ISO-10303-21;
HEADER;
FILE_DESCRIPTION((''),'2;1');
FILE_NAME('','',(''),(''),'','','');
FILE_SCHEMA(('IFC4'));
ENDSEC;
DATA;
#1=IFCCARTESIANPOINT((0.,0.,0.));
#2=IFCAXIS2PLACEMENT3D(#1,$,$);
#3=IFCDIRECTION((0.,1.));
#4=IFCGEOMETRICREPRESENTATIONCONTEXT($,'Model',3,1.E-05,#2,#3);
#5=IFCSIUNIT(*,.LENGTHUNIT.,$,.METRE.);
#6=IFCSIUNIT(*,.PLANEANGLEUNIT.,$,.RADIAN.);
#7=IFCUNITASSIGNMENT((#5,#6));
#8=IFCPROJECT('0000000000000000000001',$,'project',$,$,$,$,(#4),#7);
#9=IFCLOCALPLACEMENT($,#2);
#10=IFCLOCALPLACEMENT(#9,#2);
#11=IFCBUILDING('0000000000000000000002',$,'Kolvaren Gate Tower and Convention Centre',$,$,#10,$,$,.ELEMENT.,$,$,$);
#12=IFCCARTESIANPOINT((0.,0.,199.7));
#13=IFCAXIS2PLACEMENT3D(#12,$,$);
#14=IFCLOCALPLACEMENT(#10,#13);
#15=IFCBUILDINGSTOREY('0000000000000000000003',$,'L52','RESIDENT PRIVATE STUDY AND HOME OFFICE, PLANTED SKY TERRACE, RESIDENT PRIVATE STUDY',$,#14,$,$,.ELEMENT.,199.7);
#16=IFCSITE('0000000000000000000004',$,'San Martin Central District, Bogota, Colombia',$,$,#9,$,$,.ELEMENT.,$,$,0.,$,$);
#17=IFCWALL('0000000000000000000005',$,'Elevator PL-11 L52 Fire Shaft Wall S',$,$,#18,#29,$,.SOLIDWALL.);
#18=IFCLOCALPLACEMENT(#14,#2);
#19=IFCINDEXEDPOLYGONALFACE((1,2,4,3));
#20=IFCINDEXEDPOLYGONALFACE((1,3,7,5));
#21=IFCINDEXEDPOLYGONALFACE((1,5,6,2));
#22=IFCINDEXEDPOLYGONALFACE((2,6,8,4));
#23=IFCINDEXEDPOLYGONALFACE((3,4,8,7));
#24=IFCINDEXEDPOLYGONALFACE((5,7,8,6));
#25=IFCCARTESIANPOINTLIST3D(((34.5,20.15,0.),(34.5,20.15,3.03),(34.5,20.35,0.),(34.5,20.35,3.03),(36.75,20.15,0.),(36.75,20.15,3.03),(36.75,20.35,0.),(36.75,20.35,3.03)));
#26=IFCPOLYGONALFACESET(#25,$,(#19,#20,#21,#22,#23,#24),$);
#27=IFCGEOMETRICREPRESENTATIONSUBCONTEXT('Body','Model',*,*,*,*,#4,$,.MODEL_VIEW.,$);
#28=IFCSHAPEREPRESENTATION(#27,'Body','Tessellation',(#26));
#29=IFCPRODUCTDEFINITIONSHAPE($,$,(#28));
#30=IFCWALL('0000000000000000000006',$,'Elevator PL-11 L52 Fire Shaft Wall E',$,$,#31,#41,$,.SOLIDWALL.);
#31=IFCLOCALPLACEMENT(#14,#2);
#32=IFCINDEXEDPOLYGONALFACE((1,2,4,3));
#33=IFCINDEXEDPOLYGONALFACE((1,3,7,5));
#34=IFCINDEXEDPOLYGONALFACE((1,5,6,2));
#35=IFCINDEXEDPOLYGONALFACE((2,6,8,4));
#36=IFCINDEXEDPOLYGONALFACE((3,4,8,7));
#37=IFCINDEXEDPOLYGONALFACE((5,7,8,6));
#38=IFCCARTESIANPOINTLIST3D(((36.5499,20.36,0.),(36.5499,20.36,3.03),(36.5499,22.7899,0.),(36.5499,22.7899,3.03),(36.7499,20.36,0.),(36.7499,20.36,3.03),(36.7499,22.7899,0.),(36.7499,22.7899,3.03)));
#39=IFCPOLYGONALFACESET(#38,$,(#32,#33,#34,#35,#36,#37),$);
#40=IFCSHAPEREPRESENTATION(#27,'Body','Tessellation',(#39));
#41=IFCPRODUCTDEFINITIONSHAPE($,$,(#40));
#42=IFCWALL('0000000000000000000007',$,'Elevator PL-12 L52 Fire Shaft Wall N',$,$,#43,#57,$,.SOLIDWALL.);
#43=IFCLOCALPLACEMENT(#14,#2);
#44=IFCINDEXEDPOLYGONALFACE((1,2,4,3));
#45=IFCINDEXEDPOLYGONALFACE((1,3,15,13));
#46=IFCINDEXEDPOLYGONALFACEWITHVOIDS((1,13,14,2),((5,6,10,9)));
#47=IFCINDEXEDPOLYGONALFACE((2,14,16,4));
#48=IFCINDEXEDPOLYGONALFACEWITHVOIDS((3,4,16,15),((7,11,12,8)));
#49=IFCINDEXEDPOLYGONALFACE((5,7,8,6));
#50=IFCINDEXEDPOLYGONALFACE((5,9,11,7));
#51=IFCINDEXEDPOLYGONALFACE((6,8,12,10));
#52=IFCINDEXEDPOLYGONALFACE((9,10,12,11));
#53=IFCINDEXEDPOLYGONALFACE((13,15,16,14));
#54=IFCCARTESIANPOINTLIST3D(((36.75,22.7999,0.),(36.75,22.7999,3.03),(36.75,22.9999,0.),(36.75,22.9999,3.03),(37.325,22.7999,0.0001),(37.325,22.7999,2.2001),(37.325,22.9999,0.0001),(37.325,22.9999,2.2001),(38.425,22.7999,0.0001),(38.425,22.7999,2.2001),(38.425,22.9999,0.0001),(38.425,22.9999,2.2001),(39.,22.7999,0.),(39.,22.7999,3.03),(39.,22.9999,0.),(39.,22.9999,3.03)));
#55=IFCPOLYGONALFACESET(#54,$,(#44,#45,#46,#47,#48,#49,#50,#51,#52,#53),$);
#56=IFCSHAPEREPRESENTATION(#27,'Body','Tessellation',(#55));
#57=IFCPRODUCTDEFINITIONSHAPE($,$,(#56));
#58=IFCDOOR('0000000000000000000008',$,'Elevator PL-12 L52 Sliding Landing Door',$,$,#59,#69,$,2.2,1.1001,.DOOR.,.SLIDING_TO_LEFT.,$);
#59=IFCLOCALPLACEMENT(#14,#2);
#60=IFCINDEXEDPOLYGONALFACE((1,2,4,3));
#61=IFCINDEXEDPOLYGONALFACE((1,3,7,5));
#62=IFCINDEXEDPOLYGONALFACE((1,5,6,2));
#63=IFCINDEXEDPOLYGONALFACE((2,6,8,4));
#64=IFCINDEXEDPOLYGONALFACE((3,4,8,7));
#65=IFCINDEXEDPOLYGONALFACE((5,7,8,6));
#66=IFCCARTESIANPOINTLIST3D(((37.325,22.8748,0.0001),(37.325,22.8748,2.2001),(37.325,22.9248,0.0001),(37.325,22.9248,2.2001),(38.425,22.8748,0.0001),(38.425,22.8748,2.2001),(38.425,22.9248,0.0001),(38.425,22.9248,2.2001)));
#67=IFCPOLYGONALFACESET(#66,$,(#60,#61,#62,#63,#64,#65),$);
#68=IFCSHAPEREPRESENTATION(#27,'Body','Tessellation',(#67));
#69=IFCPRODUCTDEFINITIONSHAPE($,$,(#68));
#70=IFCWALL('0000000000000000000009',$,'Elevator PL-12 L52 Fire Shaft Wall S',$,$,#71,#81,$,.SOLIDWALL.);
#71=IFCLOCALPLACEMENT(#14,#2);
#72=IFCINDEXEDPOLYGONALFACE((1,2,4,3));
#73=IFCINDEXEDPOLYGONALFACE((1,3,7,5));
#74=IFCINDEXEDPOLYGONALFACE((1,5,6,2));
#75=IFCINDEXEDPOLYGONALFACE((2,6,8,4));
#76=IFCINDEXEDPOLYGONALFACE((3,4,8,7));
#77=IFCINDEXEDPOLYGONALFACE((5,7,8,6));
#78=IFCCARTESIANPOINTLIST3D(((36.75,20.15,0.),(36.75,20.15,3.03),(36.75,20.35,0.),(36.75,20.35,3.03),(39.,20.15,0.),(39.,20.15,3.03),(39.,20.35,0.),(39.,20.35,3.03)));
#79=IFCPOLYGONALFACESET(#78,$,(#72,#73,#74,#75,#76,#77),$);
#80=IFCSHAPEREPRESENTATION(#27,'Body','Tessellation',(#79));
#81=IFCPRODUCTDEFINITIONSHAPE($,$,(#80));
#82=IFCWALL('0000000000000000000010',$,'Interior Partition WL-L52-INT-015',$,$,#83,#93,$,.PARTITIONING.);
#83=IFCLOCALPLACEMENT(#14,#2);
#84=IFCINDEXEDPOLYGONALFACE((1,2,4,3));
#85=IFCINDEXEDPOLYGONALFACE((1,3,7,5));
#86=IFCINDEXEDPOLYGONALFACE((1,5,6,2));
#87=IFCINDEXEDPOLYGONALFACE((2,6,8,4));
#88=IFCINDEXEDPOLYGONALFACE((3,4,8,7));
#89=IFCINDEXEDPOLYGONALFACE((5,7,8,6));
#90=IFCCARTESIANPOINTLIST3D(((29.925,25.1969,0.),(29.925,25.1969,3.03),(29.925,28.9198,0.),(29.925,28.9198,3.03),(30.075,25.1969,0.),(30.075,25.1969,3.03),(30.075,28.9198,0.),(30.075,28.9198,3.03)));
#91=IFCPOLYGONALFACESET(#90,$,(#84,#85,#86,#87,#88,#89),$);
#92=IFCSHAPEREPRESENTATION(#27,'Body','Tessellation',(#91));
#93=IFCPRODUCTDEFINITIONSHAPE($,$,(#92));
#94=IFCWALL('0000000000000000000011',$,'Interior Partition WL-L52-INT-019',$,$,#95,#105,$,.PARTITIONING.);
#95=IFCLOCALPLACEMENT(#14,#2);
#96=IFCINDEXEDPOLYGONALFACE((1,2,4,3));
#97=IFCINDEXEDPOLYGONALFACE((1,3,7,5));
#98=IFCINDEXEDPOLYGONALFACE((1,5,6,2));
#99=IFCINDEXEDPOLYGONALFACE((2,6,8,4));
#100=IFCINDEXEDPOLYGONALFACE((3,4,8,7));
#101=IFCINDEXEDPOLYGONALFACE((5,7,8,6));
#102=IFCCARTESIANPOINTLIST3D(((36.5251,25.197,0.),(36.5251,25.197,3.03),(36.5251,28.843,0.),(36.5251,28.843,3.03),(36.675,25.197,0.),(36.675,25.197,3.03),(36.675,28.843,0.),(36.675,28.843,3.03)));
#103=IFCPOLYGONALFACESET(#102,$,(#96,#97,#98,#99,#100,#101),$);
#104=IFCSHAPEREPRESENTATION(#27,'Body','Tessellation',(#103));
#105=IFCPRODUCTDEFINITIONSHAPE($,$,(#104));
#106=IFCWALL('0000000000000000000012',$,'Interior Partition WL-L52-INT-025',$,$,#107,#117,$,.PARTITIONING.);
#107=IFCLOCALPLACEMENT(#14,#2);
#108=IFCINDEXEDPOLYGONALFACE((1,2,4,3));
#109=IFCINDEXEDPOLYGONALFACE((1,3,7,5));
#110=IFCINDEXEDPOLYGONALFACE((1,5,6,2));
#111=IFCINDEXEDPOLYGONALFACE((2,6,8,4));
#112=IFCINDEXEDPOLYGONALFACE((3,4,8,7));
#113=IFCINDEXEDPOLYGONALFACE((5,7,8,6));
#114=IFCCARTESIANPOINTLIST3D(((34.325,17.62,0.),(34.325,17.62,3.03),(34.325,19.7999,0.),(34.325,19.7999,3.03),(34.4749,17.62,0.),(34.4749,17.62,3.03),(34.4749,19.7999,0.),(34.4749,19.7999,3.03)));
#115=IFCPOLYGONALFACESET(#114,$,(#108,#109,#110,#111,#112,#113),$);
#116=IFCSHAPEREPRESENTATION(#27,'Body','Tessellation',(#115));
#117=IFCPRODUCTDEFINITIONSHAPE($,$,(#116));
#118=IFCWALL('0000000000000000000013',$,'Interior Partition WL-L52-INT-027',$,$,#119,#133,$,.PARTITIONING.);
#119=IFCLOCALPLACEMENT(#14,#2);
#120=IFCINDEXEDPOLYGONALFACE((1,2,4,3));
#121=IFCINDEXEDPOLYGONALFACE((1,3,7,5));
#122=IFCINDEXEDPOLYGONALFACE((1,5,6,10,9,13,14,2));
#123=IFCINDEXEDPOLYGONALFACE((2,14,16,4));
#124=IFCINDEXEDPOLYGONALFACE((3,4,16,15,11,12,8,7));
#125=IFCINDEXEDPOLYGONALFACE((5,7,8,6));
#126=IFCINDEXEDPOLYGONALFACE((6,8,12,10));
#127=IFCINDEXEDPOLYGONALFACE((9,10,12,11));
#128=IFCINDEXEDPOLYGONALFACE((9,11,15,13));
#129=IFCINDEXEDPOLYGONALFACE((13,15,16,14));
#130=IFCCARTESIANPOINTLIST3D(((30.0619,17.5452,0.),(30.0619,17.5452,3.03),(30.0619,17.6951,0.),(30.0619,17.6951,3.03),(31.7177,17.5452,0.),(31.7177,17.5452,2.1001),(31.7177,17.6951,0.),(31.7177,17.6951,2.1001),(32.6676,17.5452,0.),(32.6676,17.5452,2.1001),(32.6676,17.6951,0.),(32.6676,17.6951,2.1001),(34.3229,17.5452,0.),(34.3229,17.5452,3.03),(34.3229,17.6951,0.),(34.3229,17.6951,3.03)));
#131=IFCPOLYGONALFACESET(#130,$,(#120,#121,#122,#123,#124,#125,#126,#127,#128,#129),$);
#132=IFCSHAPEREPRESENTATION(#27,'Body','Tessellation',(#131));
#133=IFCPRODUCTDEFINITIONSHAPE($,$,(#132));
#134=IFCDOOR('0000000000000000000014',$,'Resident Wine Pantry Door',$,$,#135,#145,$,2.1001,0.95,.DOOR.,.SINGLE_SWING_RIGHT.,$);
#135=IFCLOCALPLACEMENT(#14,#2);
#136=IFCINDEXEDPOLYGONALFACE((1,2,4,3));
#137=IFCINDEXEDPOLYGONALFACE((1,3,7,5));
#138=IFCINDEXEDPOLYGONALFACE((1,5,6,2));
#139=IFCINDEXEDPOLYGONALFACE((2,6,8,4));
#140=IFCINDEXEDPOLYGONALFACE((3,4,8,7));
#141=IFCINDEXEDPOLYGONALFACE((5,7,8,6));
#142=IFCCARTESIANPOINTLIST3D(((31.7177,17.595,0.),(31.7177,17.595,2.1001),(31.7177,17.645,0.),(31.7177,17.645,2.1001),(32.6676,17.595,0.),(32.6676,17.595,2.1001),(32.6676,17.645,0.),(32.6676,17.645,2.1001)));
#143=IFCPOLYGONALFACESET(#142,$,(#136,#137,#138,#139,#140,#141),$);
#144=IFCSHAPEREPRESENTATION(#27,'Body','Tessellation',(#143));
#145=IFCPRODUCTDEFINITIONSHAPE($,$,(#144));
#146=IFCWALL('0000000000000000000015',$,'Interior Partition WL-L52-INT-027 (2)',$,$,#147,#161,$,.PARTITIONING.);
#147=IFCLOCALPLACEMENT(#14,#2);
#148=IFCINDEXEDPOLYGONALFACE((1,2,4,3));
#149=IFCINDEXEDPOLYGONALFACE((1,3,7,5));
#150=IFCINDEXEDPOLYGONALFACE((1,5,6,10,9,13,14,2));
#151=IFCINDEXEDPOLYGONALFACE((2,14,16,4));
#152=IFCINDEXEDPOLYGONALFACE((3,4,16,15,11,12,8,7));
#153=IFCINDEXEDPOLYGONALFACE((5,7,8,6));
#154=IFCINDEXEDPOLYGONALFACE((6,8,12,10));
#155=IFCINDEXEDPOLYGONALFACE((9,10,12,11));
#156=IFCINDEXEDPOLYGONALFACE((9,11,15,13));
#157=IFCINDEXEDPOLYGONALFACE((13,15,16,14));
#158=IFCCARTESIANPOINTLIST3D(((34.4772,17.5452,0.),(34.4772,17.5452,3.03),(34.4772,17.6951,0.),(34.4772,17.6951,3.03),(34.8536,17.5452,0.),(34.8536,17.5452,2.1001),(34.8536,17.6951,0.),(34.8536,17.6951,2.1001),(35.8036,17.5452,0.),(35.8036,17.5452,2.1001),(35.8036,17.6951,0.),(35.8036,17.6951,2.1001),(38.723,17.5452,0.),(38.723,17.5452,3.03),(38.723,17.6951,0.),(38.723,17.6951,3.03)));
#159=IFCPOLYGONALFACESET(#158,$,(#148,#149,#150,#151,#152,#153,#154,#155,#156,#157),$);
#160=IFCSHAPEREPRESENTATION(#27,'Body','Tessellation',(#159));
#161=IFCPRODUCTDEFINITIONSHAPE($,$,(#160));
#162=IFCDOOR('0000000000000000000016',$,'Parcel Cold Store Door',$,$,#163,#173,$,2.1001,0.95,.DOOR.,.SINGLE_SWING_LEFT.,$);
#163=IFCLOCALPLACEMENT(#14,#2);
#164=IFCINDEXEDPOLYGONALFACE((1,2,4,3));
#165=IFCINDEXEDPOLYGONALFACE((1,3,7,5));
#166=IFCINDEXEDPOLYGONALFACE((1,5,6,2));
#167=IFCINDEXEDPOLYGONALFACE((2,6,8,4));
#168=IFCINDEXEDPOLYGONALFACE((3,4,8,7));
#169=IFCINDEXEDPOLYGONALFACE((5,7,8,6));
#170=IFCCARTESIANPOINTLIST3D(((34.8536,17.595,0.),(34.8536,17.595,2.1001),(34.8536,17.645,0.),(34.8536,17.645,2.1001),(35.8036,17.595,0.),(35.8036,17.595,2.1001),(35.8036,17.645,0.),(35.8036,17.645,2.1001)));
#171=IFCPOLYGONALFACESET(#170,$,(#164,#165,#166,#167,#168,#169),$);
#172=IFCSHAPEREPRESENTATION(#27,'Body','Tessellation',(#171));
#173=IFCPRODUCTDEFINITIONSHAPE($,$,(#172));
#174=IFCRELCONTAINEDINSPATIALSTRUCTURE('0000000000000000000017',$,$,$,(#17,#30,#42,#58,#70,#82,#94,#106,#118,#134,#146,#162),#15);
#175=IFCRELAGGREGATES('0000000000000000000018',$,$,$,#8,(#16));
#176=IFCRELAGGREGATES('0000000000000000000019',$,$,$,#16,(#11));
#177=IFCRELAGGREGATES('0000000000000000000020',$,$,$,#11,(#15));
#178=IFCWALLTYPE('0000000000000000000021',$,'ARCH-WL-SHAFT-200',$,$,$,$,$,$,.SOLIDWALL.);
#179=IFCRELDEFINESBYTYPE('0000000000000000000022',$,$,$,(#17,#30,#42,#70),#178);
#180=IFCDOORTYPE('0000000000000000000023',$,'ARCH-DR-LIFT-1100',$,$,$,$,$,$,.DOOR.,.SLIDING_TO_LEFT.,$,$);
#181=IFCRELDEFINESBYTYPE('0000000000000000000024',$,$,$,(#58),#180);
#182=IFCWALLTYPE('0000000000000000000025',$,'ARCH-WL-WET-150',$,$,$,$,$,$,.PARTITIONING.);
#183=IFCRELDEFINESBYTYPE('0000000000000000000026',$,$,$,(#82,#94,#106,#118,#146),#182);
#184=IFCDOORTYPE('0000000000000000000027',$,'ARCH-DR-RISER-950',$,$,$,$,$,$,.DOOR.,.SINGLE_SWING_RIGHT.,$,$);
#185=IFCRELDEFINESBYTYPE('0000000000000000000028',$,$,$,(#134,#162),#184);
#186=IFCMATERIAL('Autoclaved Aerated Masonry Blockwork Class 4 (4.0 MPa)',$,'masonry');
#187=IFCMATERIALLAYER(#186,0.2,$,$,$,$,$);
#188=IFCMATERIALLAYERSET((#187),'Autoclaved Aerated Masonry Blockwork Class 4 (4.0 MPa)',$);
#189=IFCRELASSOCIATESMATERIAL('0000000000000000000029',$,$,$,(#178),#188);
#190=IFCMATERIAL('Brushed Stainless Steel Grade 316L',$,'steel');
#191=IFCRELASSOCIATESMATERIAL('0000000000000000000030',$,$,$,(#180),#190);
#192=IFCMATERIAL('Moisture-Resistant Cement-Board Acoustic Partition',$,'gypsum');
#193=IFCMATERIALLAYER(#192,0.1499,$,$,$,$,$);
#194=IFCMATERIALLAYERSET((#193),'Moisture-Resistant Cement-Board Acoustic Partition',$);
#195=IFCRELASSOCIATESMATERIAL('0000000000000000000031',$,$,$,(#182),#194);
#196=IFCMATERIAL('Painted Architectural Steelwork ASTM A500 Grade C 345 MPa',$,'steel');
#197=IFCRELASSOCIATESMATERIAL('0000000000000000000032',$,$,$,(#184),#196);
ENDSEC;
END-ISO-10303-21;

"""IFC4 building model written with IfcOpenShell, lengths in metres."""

from ifc_helpers import new_model, si_unit, direction, frame, frame_2d, origin, place, context, subcontext, project, spatial, rectangle, extrude, material, layer, layer_set, type_object, element, fill, save


model = new_model("IFC4")

# Units and contexts
model_context = context("Model", 3, precision=1e-05, world=origin(), true_north=direction((0.0, 1.0)))
body_context = subcontext(model_context, "Body", "Model", "MODEL_VIEW")
ifc_project = project(units=[si_unit("LENGTHUNIT", "METRE"), si_unit("PLANEANGLEUNIT", "RADIAN")], contexts=[model_context])

# Site, building, storey
site_placement = place(None, origin())
site = spatial("IfcSite", under=ifc_project, at=site_placement, Name="San Martin Central District, Bogota, Colombia", CompositionType="ELEMENT", RefElevation=0.0)
building_placement = place(site_placement, origin())
building = spatial("IfcBuilding", under=site, at=building_placement, Name="Kolvaren Gate Tower and Convention Centre", CompositionType="ELEMENT")
storey_placement = place(building_placement, frame((0.0, 0.0, 199.7)))
storey = spatial("IfcBuildingStorey", under=building, at=storey_placement, Name="L52", Description="RESIDENT PRIVATE STUDY AND HOME OFFICE, PLANTED SKY TERRACE, RESIDENT PRIVATE STUDY", CompositionType="ELEMENT", Elevation=199.7)

# Shared definitions
ifc_material_1 = material(Name="Autoclaved Aerated Masonry Blockwork Class 4 (4.0 MPa)", Category="masonry")
ifc_layer_1 = layer(ifc_material_1, 0.2)
ifc_layer_set_1 = layer_set([ifc_layer_1], Name="Autoclaved Aerated Masonry Blockwork Class 4 (4.0 MPa)")
wall_type_1 = type_object("IfcWallType", Name="ARCH-WL-SHAFT-200", PredefinedType="SOLIDWALL", material=ifc_layer_set_1)

# Shared definitions
ifc_material_2 = material(Name="Brushed Stainless Steel Grade 316L", Category="steel")
door_type_1 = type_object("IfcDoorType", Name="ARCH-DR-LIFT-1100", OperationType="SLIDING_TO_LEFT", PredefinedType="DOOR", material=ifc_material_2)

# Walls
wall_1_placement = place(storey_placement, frame((34.5, 20.25, 0.0), z_axis=(0.0, 0.0, 1.0), x_axis=(1.0, 0.0, 0.0)))
element("IfcWall", 1, at=wall_1_placement, inside=storey, type_object=wall_type_1, Name="Elevator PL-11 L52 Fire Shaft Wall S", PredefinedType="SOLIDWALL", context=body_context, shape_type="SweptSolid", body=[
    extrude(rectangle(XDim=2.25, YDim=0.2, at=frame_2d((1.125, 0.0))), origin(), (0.0, 0.0, 1.0), 3.03),
])
wall_2_placement = place(storey_placement, frame((36.6499, 20.3601, 0.0), z_axis=(0.0, 0.0, 1.0), x_axis=(0.0, 1.0, 0.0)))
element("IfcWall", 2, at=wall_2_placement, inside=storey, type_object=wall_type_1, Name="Elevator PL-11 L52 Fire Shaft Wall E", PredefinedType="SOLIDWALL", context=body_context, shape_type="SweptSolid", body=[
    extrude(rectangle(XDim=2.4299, YDim=0.2, at=frame_2d((1.2148, 0.0))), origin(), (0.0, 0.0, 1.0), 3.03),
])

# Wall, opening, door
wall_3_placement = place(storey_placement, frame((36.75, 22.8999, 0.0), z_axis=(0.0, 0.0, 1.0), x_axis=(1.0, 0.0, 0.0)))
wall_3 = element("IfcWall", 3, at=wall_3_placement, inside=storey, type_object=wall_type_1, Name="Elevator PL-12 L52 Fire Shaft Wall N", PredefinedType="SOLIDWALL", context=body_context, shape_type="SweptSolid", body=[
    extrude(rectangle(XDim=2.25, YDim=0.2, at=frame_2d((1.125, 0.0))), origin(), (0.0, 0.0, 1.0), 3.03),
])
opening_1_placement = place(wall_3_placement, frame((0.575, 0.0, 0.0)))
opening_1 = element("IfcOpeningElement", 4, at=opening_1_placement, cuts=wall_3, PredefinedType="OPENING", context=body_context, shape_type="SweptSolid", body=[
    extrude(rectangle(XDim=1.1001, YDim=2.2, at=frame_2d((0.55, 1.1001))), frame((0.0, 0.1099, 0.0), z_axis=(0.0, -1.0, 0.0), x_axis=(1.0, 0.0, 0.0)), (0.0, 0.0, 1.0), 0.22),
])
door_1_placement = place(opening_1_placement, origin())
door_1 = element("IfcDoor", 5, at=door_1_placement, inside=storey, type_object=door_type_1, Name="Elevator PL-12 L52 Sliding Landing Door", OperationType="SLIDING_TO_LEFT", OverallHeight=2.2, OverallWidth=1.1001, PredefinedType="DOOR", context=body_context, shape_type="SweptSolid", body=[
    extrude(rectangle(XDim=1.1001, YDim=2.2, at=frame_2d((0.55, 1.1001))), frame((0.0, 0.0249, 0.0), z_axis=(0.0, -1.0, 0.0), x_axis=(1.0, 0.0, 0.0)), (0.0, 0.0, 1.0), 0.05),
])
fill(opening_1, door_1)

# Walls
wall_4_placement = place(storey_placement, frame((36.75, 20.25, 0.0), z_axis=(0.0, 0.0, 1.0), x_axis=(1.0, 0.0, 0.0)))
element("IfcWall", 6, at=wall_4_placement, inside=storey, type_object=wall_type_1, Name="Elevator PL-12 L52 Fire Shaft Wall S", PredefinedType="SOLIDWALL", context=body_context, shape_type="SweptSolid", body=[
    extrude(rectangle(XDim=2.25, YDim=0.2, at=frame_2d((1.125, 0.0))), origin(), (0.0, 0.0, 1.0), 3.03),
])
ifc_material_3 = material(Name="Moisture-Resistant Cement-Board Acoustic Partition", Category="gypsum")
ifc_layer_2 = layer(ifc_material_3, 0.1499)
ifc_layer_set_2 = layer_set([ifc_layer_2], Name="Moisture-Resistant Cement-Board Acoustic Partition")
wall_type_2 = type_object("IfcWallType", Name="ARCH-WL-WET-150", PredefinedType="PARTITIONING", material=ifc_layer_set_2)
wall_5_placement = place(storey_placement, frame((30.0, 25.197, 0.0), z_axis=(0.0, 0.0, 1.0), x_axis=(0.0, 1.0, 0.0)))
element("IfcWall", 7, at=wall_5_placement, inside=storey, type_object=wall_type_2, Name="Interior Partition WL-L52-INT-015", PredefinedType="PARTITIONING", context=body_context, shape_type="SweptSolid", body=[
    extrude(rectangle(XDim=3.7229, YDim=0.1499, at=frame_2d((1.8613, 0.0))), origin(), (0.0, 0.0, 1.0), 3.03),
])
wall_6_placement = place(storey_placement, frame((36.6001, 25.197, 0.0), z_axis=(0.0, 0.0, 1.0), x_axis=(0.0, 1.0, 0.0)))
element("IfcWall", 8, at=wall_6_placement, inside=storey, type_object=wall_type_2, Name="Interior Partition WL-L52-INT-019", PredefinedType="PARTITIONING", context=body_context, shape_type="SweptSolid", body=[
    extrude(rectangle(XDim=3.646, YDim=0.1499, at=frame_2d((1.823, 0.0))), origin(), (0.0, 0.0, 1.0), 3.03),
])
wall_7_placement = place(storey_placement, frame((34.3999, 17.6201, 0.0), z_axis=(0.0, 0.0, 1.0), x_axis=(0.0, 1.0, 0.0)))
element("IfcWall", 9, at=wall_7_placement, inside=storey, type_object=wall_type_2, Name="Interior Partition WL-L52-INT-025", PredefinedType="PARTITIONING", context=body_context, shape_type="SweptSolid", body=[
    extrude(rectangle(XDim=2.1799, YDim=0.1499, at=frame_2d((1.0898, 0.0))), origin(), (0.0, 0.0, 1.0), 3.03),
])

# Walls, openings, doors
wall_8_placement = place(storey_placement, frame((30.062, 17.6201, 0.0), z_axis=(0.0, 0.0, 1.0), x_axis=(1.0, 0.0, 0.0)))
wall_8 = element("IfcWall", 10, at=wall_8_placement, inside=storey, type_object=wall_type_2, Name="Interior Partition WL-L52-INT-027", PredefinedType="PARTITIONING", context=body_context, shape_type="SweptSolid", body=[
    extrude(rectangle(XDim=4.261, YDim=0.1499, at=frame_2d((2.1304, 0.0))), origin(), (0.0, 0.0, 1.0), 3.03),
])
opening_2_placement = place(wall_8_placement, frame((1.6555, 0.0, 0.0)))
opening_2 = element("IfcOpeningElement", 11, at=opening_2_placement, cuts=wall_8, PredefinedType="OPENING", context=body_context, shape_type="SweptSolid", body=[
    extrude(rectangle(XDim=0.95, YDim=2.1001, at=frame_2d((0.4751, 1.05))), frame((0.0, 0.085, 0.0), z_axis=(0.0, -1.0, 0.0), x_axis=(1.0, 0.0, 0.0)), (0.0, 0.0, 1.0), 0.1699),
])
ifc_material_4 = material(Name="Painted Architectural Steelwork ASTM A500 Grade C 345 MPa", Category="steel")
door_type_2 = type_object("IfcDoorType", Name="ARCH-DR-RISER-950", OperationType="SINGLE_SWING_RIGHT", PredefinedType="DOOR", material=ifc_material_4)
door_2_placement = place(opening_2_placement, origin())
door_2 = element("IfcDoor", 12, at=door_2_placement, inside=storey, type_object=door_type_2, Name="Resident Wine Pantry Door", OperationType="SINGLE_SWING_RIGHT", OverallHeight=2.1001, OverallWidth=0.95, PredefinedType="DOOR", context=body_context, shape_type="SweptSolid", body=[
    extrude(rectangle(XDim=0.95, YDim=2.1001, at=frame_2d((0.4751, 1.05))), frame((0.0, 0.0249, 0.0), z_axis=(0.0, -1.0, 0.0), x_axis=(1.0, 0.0, 0.0)), (0.0, 0.0, 1.0), 0.05),
])
fill(opening_2, door_2)
wall_9_placement = place(storey_placement, frame((34.4771, 17.6201, 0.0), z_axis=(0.0, 0.0, 1.0), x_axis=(1.0, 0.0, 0.0)))
wall_9 = element("IfcWall", 13, at=wall_9_placement, inside=storey, type_object=wall_type_2, Name="Interior Partition WL-L52-INT-027 (2)", PredefinedType="PARTITIONING", context=body_context, shape_type="SweptSolid", body=[
    extrude(rectangle(XDim=4.2458, YDim=0.1499, at=frame_2d((2.123, 0.0))), origin(), (0.0, 0.0, 1.0), 3.03),
])
opening_3_placement = place(wall_9_placement, frame((0.3765, 0.0, 0.0)))
opening_3 = element("IfcOpeningElement", 14, at=opening_3_placement, cuts=wall_9, PredefinedType="OPENING", context=body_context, shape_type="SweptSolid", body=[
    extrude(rectangle(XDim=0.95, YDim=2.1001, at=frame_2d((0.4751, 1.05))), frame((0.0, 0.085, 0.0), z_axis=(0.0, -1.0, 0.0), x_axis=(1.0, 0.0, 0.0)), (0.0, 0.0, 1.0), 0.1699),
])
door_3_placement = place(opening_3_placement, origin())
door_3 = element("IfcDoor", 15, at=door_3_placement, inside=storey, type_object=door_type_2, Name="Parcel Cold Store Door", OperationType="SINGLE_SWING_LEFT", OverallHeight=2.1001, OverallWidth=0.95, PredefinedType="DOOR", context=body_context, shape_type="SweptSolid", body=[
    extrude(rectangle(XDim=0.95, YDim=2.1001, at=frame_2d((0.4751, 1.05))), frame((0.0, 0.0249, 0.0), z_axis=(0.0, -1.0, 0.0), x_axis=(1.0, 0.0, 0.0)), (0.0, 0.0, 1.0), 0.05),
])
fill(opening_3, door_3)

save(model, "model.ifc")
